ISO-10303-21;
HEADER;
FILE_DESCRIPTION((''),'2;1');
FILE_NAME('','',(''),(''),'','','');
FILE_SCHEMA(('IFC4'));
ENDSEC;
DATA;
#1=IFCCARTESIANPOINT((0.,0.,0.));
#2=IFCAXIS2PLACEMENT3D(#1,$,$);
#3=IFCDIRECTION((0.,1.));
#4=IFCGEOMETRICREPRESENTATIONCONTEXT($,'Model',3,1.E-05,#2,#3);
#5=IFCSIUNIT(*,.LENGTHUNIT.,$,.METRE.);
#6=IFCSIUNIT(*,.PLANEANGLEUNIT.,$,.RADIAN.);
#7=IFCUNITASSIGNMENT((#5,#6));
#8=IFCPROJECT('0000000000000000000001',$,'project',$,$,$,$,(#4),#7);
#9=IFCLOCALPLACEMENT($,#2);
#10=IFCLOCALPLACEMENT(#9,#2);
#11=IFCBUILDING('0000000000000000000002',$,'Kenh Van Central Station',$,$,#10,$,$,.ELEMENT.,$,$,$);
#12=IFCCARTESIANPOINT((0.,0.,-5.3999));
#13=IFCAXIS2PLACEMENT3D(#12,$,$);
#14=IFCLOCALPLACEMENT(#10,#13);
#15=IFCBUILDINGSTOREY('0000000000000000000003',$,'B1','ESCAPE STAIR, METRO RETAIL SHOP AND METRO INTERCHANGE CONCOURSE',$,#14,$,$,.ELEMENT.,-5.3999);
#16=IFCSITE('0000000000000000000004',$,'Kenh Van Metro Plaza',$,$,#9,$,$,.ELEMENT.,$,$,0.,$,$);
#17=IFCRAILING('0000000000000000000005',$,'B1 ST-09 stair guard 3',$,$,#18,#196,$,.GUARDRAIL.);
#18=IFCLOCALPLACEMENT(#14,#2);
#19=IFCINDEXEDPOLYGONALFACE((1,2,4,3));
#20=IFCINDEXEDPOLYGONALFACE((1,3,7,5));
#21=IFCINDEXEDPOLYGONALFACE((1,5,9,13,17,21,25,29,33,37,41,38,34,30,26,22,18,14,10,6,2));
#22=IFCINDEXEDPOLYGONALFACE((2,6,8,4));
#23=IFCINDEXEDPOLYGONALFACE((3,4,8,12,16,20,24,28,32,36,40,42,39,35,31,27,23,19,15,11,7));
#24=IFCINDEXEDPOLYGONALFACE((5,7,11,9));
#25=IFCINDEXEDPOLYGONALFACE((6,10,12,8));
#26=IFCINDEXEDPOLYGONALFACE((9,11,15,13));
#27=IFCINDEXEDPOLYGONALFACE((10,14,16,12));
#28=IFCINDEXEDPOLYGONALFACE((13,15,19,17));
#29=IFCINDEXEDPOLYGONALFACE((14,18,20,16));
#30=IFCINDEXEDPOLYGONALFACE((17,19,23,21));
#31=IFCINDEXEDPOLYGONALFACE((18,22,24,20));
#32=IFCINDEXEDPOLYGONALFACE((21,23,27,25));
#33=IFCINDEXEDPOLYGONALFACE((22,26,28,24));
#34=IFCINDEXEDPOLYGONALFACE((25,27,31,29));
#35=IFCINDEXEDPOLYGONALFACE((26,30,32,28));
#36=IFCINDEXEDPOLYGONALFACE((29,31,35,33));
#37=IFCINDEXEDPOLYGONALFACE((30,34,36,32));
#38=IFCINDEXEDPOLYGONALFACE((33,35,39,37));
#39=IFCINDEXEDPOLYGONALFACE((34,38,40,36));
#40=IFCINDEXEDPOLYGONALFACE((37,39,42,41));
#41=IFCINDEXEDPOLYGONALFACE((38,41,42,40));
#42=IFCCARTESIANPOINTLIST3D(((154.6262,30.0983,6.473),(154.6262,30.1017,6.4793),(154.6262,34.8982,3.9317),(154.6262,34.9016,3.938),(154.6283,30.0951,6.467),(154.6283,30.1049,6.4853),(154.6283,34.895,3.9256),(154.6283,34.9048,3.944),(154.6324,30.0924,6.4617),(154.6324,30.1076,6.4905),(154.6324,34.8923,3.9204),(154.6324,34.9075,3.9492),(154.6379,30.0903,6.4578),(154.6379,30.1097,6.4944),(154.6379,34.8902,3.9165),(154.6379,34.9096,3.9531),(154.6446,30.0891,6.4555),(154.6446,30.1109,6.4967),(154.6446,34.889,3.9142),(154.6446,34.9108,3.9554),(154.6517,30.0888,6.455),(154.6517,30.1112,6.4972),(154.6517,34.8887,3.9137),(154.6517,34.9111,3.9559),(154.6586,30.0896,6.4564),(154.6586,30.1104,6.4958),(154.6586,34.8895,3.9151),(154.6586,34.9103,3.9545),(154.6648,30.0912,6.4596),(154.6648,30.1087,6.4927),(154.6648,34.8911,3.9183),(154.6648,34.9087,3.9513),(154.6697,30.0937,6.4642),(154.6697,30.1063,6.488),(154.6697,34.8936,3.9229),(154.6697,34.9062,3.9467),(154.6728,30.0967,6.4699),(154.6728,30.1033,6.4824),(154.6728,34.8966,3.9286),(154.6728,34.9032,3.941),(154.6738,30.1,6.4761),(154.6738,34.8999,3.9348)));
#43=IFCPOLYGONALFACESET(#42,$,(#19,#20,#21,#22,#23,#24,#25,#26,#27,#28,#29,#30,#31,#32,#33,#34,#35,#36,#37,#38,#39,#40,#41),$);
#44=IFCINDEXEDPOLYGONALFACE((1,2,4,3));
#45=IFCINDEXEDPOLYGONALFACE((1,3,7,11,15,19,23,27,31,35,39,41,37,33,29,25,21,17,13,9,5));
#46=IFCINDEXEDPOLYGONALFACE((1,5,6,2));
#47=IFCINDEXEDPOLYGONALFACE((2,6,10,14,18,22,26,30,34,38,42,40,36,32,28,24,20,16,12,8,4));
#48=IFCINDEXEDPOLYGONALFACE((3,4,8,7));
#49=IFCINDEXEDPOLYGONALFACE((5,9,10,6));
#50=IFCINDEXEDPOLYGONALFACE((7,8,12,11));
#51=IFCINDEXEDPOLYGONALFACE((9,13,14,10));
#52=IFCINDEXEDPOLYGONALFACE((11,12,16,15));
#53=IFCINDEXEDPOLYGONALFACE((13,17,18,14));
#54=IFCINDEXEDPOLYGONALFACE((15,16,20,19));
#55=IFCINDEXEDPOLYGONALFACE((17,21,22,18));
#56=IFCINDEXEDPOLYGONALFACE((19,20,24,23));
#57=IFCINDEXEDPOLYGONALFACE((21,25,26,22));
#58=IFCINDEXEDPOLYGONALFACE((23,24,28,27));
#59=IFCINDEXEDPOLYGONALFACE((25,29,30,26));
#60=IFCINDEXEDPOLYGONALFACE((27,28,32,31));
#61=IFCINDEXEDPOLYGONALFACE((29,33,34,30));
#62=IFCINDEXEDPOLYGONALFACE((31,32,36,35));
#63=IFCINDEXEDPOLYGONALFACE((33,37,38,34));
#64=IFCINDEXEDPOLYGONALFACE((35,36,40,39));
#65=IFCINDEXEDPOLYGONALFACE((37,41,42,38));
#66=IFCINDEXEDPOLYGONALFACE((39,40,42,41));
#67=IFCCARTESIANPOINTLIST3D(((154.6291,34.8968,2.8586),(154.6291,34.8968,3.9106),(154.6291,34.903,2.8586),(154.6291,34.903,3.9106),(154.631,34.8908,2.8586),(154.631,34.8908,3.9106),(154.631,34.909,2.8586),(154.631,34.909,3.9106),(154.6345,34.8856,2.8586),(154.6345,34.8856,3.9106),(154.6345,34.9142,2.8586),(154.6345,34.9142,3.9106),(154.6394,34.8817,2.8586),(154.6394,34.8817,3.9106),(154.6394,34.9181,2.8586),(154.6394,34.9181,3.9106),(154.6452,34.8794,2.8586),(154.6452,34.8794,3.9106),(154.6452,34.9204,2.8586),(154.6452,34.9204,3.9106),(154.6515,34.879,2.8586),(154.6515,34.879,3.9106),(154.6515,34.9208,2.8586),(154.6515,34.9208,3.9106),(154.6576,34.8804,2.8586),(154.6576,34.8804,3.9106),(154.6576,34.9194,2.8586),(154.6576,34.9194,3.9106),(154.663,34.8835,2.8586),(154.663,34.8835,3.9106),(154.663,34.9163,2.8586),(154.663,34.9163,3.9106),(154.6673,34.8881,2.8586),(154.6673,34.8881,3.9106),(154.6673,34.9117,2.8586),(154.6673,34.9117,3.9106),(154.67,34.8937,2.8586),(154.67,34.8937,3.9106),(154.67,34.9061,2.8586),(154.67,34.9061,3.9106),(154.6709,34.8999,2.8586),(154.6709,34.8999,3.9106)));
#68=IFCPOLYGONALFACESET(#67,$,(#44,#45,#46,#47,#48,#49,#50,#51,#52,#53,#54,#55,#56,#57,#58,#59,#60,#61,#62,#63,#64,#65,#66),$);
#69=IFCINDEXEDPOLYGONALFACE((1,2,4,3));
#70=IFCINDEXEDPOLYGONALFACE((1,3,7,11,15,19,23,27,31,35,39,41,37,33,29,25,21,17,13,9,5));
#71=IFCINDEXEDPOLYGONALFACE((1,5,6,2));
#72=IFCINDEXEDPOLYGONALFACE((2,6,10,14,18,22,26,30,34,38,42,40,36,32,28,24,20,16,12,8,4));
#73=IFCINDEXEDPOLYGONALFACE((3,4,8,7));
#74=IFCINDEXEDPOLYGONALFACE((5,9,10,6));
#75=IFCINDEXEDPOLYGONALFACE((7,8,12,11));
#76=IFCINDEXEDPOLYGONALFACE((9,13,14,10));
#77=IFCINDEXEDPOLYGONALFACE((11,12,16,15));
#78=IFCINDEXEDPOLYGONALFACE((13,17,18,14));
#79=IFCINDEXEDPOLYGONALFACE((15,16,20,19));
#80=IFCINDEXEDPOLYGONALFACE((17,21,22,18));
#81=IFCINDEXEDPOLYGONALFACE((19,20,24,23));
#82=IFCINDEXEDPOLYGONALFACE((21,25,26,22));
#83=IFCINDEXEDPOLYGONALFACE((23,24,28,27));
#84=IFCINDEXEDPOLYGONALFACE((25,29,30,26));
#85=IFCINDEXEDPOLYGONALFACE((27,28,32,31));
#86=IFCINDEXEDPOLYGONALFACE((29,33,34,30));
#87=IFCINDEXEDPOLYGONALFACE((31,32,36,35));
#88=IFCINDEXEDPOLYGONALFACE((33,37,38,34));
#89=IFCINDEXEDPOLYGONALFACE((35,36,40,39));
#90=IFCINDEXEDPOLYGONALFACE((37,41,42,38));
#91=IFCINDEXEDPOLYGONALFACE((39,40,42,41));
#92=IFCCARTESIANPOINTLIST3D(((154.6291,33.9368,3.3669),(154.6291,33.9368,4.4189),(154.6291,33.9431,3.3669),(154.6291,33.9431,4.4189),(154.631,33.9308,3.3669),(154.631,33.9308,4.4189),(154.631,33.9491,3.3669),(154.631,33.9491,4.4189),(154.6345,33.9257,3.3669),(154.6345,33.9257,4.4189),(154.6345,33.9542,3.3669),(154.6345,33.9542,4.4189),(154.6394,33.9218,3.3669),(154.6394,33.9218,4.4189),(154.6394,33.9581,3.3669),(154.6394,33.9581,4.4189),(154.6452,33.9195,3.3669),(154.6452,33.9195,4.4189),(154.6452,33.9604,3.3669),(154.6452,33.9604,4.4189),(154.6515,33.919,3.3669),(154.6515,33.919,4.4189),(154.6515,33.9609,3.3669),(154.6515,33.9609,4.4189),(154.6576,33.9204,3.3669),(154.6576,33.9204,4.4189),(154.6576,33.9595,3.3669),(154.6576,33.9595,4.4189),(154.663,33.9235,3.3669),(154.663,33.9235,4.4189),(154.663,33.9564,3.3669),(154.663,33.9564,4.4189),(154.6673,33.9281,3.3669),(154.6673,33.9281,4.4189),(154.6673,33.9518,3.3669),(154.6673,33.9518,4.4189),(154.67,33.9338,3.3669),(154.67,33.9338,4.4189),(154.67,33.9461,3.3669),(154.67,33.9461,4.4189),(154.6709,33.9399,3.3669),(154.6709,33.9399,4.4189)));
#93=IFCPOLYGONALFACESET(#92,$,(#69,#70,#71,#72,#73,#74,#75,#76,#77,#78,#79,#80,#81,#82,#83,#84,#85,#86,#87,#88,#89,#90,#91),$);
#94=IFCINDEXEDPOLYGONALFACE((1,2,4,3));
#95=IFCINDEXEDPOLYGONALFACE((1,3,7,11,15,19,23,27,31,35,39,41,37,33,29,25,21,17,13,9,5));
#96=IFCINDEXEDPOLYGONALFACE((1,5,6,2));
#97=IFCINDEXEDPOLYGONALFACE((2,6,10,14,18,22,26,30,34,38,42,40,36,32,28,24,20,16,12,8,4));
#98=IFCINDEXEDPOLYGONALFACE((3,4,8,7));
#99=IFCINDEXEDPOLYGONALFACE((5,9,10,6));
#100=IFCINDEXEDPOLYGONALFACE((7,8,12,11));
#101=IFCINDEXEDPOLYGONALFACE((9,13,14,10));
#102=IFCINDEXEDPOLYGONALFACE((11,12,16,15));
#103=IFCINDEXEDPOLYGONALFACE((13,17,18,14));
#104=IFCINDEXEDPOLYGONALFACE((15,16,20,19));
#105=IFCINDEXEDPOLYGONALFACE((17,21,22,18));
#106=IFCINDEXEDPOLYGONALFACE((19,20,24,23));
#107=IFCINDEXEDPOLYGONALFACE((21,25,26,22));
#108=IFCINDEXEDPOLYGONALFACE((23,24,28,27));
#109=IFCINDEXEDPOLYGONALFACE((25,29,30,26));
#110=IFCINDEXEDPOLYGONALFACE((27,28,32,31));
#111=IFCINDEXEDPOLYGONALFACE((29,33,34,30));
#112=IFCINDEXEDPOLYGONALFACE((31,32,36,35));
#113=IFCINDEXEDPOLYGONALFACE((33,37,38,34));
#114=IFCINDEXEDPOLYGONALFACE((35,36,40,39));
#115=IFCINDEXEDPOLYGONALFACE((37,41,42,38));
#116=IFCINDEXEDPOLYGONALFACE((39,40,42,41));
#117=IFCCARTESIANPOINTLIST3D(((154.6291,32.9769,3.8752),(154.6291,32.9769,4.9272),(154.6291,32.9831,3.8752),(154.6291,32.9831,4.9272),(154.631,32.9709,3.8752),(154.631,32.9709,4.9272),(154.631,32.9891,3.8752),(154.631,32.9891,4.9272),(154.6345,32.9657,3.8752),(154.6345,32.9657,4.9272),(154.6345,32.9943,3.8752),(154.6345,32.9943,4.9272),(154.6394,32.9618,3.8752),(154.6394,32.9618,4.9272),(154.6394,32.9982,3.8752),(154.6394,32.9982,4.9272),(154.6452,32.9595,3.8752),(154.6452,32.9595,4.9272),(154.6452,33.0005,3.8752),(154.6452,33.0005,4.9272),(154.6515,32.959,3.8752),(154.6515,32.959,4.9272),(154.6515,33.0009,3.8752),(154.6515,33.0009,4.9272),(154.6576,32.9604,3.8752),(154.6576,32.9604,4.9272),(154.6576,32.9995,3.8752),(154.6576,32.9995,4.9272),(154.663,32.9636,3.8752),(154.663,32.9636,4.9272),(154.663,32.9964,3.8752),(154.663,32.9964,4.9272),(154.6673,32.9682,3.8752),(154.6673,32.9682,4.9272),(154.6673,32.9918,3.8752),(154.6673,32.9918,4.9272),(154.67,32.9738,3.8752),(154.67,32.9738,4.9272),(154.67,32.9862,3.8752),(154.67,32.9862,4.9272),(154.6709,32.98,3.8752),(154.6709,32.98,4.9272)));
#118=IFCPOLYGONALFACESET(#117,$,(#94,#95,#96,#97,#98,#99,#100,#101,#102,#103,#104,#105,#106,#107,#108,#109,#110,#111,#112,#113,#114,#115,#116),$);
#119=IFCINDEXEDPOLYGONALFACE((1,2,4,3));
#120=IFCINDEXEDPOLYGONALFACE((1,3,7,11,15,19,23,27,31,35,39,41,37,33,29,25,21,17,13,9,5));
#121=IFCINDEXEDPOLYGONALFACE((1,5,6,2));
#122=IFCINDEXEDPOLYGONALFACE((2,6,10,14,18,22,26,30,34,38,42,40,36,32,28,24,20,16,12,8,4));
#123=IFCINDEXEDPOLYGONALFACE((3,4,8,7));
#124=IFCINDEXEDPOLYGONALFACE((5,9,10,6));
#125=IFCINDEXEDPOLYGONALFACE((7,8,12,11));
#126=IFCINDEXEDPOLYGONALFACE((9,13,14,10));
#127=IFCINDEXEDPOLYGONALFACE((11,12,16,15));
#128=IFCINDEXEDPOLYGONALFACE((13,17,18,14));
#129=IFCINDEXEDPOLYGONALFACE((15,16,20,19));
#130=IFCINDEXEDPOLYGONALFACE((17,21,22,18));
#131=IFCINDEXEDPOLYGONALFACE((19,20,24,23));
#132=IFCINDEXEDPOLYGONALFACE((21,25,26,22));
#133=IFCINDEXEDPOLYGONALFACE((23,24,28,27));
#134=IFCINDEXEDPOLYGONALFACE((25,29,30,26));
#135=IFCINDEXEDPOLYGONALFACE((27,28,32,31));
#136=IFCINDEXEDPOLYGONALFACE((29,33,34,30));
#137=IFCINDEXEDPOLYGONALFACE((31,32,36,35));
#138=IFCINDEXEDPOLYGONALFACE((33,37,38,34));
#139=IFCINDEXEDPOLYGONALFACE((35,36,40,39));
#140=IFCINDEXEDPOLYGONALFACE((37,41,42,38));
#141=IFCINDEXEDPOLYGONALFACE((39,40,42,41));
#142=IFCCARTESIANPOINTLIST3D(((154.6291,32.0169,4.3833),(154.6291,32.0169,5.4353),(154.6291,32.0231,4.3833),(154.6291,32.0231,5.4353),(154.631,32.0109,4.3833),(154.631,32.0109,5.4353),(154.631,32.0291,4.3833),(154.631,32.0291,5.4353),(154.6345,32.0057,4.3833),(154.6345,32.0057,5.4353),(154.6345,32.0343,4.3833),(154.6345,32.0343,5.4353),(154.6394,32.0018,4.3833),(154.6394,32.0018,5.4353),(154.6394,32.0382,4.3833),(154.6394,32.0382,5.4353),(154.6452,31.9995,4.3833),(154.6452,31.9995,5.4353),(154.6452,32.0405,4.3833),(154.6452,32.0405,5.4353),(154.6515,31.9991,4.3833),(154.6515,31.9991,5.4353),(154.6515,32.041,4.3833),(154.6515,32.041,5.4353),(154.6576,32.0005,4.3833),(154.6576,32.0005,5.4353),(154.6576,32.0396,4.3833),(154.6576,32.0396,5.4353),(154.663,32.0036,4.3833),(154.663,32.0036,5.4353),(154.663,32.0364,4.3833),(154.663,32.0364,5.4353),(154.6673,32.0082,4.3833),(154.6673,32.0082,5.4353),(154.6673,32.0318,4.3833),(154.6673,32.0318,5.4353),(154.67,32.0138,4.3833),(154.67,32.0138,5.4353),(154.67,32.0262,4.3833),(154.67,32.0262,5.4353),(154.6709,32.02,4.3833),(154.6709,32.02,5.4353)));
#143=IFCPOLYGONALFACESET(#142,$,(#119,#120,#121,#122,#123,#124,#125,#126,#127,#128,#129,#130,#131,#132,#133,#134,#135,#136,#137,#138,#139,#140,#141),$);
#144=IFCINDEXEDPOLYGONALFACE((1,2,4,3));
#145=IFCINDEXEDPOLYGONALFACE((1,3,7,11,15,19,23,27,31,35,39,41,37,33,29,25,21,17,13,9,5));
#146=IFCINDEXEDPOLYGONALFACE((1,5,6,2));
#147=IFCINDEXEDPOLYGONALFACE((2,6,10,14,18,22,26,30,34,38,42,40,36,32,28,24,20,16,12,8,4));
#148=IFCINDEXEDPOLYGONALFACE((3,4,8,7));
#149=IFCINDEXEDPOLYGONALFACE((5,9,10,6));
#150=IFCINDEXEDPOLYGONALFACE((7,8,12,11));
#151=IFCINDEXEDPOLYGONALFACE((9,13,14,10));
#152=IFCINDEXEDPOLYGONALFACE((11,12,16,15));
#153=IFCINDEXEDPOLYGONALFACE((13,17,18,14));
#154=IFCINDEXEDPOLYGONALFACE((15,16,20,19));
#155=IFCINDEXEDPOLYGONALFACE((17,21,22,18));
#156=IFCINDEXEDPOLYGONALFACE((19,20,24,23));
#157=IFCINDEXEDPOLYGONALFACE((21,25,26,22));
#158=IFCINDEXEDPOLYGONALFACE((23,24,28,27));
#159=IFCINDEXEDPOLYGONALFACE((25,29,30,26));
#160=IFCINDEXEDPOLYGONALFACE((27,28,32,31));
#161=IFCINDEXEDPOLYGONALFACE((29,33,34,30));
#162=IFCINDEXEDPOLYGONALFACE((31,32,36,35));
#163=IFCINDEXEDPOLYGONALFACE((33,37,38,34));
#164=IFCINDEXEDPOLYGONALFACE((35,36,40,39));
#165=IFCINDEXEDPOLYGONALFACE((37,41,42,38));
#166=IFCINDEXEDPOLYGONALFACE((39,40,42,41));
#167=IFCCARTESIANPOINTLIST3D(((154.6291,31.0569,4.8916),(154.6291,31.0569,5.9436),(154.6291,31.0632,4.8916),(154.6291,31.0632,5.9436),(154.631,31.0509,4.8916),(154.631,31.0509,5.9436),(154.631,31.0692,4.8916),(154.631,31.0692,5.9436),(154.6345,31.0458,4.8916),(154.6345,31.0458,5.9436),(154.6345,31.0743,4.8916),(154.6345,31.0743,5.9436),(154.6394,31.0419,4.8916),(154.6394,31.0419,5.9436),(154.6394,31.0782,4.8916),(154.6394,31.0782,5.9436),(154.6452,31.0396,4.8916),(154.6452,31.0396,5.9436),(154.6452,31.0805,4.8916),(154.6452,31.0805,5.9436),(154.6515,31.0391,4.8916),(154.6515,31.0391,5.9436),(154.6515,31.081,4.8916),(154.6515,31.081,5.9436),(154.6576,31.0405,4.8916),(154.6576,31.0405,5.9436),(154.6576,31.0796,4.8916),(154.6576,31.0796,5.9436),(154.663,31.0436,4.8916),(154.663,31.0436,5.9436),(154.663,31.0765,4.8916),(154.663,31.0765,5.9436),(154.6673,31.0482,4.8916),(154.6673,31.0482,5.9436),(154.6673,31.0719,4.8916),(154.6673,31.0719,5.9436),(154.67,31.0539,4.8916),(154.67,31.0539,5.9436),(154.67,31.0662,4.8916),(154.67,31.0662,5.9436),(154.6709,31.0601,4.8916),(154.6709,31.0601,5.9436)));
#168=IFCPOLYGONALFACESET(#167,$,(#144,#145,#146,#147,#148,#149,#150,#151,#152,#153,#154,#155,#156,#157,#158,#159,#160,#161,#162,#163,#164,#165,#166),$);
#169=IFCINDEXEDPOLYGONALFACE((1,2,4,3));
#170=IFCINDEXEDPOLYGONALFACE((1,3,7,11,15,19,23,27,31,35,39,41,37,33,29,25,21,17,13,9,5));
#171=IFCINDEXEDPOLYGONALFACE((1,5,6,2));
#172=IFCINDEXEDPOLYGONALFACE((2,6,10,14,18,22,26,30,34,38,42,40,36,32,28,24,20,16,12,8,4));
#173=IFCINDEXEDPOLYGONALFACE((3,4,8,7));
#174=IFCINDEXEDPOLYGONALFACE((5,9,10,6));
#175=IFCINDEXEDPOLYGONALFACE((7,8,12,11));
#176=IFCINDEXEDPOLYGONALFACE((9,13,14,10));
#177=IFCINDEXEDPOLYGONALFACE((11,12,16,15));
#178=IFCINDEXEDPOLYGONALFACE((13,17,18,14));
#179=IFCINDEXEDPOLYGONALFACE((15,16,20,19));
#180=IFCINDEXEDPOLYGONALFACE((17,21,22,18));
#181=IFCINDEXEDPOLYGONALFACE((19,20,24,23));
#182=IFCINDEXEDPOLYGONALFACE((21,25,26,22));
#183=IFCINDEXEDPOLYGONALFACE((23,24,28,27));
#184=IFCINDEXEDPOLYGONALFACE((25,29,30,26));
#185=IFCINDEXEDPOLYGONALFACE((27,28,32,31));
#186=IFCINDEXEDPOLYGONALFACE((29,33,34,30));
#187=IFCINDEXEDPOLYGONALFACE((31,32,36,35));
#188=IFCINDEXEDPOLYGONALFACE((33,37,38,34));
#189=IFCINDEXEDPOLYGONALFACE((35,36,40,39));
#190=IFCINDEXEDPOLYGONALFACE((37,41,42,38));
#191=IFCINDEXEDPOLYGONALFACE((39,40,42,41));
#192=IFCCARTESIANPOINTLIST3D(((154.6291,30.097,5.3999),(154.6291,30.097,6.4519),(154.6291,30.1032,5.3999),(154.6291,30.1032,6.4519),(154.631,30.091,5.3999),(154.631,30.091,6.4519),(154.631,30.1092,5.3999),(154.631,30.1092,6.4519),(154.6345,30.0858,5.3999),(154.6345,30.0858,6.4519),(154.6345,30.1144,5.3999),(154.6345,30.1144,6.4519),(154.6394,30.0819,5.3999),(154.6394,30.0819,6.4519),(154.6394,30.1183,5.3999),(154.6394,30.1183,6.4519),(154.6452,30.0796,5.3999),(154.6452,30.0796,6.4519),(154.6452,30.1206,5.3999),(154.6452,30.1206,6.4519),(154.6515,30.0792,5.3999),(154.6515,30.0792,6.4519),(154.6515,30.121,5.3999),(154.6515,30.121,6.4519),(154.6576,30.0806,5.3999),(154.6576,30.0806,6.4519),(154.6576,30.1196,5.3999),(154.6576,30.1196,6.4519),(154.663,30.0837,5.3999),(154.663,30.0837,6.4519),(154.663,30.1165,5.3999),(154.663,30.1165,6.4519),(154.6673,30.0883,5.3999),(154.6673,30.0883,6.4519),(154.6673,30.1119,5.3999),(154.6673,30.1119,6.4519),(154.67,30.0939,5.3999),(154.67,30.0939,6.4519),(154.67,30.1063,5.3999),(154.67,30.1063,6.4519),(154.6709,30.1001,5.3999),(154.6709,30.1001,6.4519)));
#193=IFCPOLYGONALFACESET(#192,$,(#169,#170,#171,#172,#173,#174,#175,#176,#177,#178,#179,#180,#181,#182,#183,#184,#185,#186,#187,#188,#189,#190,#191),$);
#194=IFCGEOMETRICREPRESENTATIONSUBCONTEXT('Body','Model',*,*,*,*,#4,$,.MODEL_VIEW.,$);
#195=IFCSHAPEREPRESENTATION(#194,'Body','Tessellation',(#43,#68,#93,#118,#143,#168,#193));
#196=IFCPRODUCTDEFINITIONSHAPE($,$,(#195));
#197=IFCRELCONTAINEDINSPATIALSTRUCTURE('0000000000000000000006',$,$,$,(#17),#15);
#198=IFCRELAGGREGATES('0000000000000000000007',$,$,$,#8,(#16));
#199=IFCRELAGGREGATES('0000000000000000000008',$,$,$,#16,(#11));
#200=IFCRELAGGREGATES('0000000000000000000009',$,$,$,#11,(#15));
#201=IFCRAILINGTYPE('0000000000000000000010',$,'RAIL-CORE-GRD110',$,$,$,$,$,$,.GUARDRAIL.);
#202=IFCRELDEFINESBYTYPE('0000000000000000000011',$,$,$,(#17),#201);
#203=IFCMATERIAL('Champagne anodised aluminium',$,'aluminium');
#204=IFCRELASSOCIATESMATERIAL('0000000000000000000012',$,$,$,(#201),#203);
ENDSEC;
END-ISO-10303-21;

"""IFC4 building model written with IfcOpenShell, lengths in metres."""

from ifc_helpers import new_model, si_unit, direction, frame, origin, origin_2d, place, context, subcontext, project, spatial, circle, extrude, material, type_object, element, save


model = new_model("IFC4")

# Units and contexts
model_context = context("Model", 3, precision=1e-05, world=origin(), true_north=direction((0.0, 1.0)))
body_context = subcontext(model_context, "Body", "Model", "MODEL_VIEW")
ifc_project = project(units=[si_unit("LENGTHUNIT", "METRE"), si_unit("PLANEANGLEUNIT", "RADIAN")], contexts=[model_context])

# Site, building, storey
site_placement = place(None, origin())
site = spatial("IfcSite", under=ifc_project, at=site_placement, Name="Kenh Van Metro Plaza", CompositionType="ELEMENT", RefElevation=0.0)
building_placement = place(site_placement, origin())
building = spatial("IfcBuilding", under=site, at=building_placement, Name="Kenh Van Central Station", CompositionType="ELEMENT")
storey_placement = place(building_placement, frame((0.0, 0.0, -5.3999)))
storey = spatial("IfcBuildingStorey", under=building, at=storey_placement, Name="B1", Description="ESCAPE STAIR, METRO RETAIL SHOP AND METRO INTERCHANGE CONCOURSE", CompositionType="ELEMENT", Elevation=-5.3999)

# Shared definitions
ifc_material_1 = material(Name="Champagne anodised aluminium", Category="aluminium")

# Railing
railing_type_1 = type_object("IfcRailingType", Name="RAIL-CORE-GRD110", PredefinedType="GUARDRAIL", material=ifc_material_1)
railing_1_placement = place(storey_placement, frame((154.6499, 34.8999, 2.8586)))
element("IfcRailing", 1, at=railing_1_placement, inside=storey, type_object=railing_type_1, Name="B1 ST-09 stair guard 3", PredefinedType="GUARDRAIL", context=body_context, shape_type="SweptSolid", body=[
    extrude(circle(Radius=0.0239, at=origin_2d()), frame((0.0, 0.0, 1.0762), z_axis=(0.0, -0.883774, 0.467915), x_axis=(1.0, 0.0, 0.0)), (0.0, 0.0, 1.0), 5.4312),
    extrude(circle(Radius=0.021, at=origin_2d()), origin(), (0.0, 0.0, 1.0), 1.052),
    extrude(circle(Radius=0.021, at=origin_2d()), frame((0.0, -0.96, 0.5083)), (0.0, 0.0, 1.0), 1.052),
    extrude(circle(Radius=0.021, at=origin_2d()), frame((0.0, -1.9199, 1.0166)), (0.0, 0.0, 1.0), 1.052),
    extrude(circle(Radius=0.021, at=origin_2d()), frame((0.0, -2.8799, 1.5247)), (0.0, 0.0, 1.0), 1.052),
    extrude(circle(Radius=0.021, at=origin_2d()), frame((0.0, -3.8398, 2.033)), (0.0, 0.0, 1.0), 1.052),
    extrude(circle(Radius=0.021, at=origin_2d()), frame((0.0, -4.7998, 2.5413)), (0.0, 0.0, 1.0), 1.052),
])

save(model, "model.ifc")
